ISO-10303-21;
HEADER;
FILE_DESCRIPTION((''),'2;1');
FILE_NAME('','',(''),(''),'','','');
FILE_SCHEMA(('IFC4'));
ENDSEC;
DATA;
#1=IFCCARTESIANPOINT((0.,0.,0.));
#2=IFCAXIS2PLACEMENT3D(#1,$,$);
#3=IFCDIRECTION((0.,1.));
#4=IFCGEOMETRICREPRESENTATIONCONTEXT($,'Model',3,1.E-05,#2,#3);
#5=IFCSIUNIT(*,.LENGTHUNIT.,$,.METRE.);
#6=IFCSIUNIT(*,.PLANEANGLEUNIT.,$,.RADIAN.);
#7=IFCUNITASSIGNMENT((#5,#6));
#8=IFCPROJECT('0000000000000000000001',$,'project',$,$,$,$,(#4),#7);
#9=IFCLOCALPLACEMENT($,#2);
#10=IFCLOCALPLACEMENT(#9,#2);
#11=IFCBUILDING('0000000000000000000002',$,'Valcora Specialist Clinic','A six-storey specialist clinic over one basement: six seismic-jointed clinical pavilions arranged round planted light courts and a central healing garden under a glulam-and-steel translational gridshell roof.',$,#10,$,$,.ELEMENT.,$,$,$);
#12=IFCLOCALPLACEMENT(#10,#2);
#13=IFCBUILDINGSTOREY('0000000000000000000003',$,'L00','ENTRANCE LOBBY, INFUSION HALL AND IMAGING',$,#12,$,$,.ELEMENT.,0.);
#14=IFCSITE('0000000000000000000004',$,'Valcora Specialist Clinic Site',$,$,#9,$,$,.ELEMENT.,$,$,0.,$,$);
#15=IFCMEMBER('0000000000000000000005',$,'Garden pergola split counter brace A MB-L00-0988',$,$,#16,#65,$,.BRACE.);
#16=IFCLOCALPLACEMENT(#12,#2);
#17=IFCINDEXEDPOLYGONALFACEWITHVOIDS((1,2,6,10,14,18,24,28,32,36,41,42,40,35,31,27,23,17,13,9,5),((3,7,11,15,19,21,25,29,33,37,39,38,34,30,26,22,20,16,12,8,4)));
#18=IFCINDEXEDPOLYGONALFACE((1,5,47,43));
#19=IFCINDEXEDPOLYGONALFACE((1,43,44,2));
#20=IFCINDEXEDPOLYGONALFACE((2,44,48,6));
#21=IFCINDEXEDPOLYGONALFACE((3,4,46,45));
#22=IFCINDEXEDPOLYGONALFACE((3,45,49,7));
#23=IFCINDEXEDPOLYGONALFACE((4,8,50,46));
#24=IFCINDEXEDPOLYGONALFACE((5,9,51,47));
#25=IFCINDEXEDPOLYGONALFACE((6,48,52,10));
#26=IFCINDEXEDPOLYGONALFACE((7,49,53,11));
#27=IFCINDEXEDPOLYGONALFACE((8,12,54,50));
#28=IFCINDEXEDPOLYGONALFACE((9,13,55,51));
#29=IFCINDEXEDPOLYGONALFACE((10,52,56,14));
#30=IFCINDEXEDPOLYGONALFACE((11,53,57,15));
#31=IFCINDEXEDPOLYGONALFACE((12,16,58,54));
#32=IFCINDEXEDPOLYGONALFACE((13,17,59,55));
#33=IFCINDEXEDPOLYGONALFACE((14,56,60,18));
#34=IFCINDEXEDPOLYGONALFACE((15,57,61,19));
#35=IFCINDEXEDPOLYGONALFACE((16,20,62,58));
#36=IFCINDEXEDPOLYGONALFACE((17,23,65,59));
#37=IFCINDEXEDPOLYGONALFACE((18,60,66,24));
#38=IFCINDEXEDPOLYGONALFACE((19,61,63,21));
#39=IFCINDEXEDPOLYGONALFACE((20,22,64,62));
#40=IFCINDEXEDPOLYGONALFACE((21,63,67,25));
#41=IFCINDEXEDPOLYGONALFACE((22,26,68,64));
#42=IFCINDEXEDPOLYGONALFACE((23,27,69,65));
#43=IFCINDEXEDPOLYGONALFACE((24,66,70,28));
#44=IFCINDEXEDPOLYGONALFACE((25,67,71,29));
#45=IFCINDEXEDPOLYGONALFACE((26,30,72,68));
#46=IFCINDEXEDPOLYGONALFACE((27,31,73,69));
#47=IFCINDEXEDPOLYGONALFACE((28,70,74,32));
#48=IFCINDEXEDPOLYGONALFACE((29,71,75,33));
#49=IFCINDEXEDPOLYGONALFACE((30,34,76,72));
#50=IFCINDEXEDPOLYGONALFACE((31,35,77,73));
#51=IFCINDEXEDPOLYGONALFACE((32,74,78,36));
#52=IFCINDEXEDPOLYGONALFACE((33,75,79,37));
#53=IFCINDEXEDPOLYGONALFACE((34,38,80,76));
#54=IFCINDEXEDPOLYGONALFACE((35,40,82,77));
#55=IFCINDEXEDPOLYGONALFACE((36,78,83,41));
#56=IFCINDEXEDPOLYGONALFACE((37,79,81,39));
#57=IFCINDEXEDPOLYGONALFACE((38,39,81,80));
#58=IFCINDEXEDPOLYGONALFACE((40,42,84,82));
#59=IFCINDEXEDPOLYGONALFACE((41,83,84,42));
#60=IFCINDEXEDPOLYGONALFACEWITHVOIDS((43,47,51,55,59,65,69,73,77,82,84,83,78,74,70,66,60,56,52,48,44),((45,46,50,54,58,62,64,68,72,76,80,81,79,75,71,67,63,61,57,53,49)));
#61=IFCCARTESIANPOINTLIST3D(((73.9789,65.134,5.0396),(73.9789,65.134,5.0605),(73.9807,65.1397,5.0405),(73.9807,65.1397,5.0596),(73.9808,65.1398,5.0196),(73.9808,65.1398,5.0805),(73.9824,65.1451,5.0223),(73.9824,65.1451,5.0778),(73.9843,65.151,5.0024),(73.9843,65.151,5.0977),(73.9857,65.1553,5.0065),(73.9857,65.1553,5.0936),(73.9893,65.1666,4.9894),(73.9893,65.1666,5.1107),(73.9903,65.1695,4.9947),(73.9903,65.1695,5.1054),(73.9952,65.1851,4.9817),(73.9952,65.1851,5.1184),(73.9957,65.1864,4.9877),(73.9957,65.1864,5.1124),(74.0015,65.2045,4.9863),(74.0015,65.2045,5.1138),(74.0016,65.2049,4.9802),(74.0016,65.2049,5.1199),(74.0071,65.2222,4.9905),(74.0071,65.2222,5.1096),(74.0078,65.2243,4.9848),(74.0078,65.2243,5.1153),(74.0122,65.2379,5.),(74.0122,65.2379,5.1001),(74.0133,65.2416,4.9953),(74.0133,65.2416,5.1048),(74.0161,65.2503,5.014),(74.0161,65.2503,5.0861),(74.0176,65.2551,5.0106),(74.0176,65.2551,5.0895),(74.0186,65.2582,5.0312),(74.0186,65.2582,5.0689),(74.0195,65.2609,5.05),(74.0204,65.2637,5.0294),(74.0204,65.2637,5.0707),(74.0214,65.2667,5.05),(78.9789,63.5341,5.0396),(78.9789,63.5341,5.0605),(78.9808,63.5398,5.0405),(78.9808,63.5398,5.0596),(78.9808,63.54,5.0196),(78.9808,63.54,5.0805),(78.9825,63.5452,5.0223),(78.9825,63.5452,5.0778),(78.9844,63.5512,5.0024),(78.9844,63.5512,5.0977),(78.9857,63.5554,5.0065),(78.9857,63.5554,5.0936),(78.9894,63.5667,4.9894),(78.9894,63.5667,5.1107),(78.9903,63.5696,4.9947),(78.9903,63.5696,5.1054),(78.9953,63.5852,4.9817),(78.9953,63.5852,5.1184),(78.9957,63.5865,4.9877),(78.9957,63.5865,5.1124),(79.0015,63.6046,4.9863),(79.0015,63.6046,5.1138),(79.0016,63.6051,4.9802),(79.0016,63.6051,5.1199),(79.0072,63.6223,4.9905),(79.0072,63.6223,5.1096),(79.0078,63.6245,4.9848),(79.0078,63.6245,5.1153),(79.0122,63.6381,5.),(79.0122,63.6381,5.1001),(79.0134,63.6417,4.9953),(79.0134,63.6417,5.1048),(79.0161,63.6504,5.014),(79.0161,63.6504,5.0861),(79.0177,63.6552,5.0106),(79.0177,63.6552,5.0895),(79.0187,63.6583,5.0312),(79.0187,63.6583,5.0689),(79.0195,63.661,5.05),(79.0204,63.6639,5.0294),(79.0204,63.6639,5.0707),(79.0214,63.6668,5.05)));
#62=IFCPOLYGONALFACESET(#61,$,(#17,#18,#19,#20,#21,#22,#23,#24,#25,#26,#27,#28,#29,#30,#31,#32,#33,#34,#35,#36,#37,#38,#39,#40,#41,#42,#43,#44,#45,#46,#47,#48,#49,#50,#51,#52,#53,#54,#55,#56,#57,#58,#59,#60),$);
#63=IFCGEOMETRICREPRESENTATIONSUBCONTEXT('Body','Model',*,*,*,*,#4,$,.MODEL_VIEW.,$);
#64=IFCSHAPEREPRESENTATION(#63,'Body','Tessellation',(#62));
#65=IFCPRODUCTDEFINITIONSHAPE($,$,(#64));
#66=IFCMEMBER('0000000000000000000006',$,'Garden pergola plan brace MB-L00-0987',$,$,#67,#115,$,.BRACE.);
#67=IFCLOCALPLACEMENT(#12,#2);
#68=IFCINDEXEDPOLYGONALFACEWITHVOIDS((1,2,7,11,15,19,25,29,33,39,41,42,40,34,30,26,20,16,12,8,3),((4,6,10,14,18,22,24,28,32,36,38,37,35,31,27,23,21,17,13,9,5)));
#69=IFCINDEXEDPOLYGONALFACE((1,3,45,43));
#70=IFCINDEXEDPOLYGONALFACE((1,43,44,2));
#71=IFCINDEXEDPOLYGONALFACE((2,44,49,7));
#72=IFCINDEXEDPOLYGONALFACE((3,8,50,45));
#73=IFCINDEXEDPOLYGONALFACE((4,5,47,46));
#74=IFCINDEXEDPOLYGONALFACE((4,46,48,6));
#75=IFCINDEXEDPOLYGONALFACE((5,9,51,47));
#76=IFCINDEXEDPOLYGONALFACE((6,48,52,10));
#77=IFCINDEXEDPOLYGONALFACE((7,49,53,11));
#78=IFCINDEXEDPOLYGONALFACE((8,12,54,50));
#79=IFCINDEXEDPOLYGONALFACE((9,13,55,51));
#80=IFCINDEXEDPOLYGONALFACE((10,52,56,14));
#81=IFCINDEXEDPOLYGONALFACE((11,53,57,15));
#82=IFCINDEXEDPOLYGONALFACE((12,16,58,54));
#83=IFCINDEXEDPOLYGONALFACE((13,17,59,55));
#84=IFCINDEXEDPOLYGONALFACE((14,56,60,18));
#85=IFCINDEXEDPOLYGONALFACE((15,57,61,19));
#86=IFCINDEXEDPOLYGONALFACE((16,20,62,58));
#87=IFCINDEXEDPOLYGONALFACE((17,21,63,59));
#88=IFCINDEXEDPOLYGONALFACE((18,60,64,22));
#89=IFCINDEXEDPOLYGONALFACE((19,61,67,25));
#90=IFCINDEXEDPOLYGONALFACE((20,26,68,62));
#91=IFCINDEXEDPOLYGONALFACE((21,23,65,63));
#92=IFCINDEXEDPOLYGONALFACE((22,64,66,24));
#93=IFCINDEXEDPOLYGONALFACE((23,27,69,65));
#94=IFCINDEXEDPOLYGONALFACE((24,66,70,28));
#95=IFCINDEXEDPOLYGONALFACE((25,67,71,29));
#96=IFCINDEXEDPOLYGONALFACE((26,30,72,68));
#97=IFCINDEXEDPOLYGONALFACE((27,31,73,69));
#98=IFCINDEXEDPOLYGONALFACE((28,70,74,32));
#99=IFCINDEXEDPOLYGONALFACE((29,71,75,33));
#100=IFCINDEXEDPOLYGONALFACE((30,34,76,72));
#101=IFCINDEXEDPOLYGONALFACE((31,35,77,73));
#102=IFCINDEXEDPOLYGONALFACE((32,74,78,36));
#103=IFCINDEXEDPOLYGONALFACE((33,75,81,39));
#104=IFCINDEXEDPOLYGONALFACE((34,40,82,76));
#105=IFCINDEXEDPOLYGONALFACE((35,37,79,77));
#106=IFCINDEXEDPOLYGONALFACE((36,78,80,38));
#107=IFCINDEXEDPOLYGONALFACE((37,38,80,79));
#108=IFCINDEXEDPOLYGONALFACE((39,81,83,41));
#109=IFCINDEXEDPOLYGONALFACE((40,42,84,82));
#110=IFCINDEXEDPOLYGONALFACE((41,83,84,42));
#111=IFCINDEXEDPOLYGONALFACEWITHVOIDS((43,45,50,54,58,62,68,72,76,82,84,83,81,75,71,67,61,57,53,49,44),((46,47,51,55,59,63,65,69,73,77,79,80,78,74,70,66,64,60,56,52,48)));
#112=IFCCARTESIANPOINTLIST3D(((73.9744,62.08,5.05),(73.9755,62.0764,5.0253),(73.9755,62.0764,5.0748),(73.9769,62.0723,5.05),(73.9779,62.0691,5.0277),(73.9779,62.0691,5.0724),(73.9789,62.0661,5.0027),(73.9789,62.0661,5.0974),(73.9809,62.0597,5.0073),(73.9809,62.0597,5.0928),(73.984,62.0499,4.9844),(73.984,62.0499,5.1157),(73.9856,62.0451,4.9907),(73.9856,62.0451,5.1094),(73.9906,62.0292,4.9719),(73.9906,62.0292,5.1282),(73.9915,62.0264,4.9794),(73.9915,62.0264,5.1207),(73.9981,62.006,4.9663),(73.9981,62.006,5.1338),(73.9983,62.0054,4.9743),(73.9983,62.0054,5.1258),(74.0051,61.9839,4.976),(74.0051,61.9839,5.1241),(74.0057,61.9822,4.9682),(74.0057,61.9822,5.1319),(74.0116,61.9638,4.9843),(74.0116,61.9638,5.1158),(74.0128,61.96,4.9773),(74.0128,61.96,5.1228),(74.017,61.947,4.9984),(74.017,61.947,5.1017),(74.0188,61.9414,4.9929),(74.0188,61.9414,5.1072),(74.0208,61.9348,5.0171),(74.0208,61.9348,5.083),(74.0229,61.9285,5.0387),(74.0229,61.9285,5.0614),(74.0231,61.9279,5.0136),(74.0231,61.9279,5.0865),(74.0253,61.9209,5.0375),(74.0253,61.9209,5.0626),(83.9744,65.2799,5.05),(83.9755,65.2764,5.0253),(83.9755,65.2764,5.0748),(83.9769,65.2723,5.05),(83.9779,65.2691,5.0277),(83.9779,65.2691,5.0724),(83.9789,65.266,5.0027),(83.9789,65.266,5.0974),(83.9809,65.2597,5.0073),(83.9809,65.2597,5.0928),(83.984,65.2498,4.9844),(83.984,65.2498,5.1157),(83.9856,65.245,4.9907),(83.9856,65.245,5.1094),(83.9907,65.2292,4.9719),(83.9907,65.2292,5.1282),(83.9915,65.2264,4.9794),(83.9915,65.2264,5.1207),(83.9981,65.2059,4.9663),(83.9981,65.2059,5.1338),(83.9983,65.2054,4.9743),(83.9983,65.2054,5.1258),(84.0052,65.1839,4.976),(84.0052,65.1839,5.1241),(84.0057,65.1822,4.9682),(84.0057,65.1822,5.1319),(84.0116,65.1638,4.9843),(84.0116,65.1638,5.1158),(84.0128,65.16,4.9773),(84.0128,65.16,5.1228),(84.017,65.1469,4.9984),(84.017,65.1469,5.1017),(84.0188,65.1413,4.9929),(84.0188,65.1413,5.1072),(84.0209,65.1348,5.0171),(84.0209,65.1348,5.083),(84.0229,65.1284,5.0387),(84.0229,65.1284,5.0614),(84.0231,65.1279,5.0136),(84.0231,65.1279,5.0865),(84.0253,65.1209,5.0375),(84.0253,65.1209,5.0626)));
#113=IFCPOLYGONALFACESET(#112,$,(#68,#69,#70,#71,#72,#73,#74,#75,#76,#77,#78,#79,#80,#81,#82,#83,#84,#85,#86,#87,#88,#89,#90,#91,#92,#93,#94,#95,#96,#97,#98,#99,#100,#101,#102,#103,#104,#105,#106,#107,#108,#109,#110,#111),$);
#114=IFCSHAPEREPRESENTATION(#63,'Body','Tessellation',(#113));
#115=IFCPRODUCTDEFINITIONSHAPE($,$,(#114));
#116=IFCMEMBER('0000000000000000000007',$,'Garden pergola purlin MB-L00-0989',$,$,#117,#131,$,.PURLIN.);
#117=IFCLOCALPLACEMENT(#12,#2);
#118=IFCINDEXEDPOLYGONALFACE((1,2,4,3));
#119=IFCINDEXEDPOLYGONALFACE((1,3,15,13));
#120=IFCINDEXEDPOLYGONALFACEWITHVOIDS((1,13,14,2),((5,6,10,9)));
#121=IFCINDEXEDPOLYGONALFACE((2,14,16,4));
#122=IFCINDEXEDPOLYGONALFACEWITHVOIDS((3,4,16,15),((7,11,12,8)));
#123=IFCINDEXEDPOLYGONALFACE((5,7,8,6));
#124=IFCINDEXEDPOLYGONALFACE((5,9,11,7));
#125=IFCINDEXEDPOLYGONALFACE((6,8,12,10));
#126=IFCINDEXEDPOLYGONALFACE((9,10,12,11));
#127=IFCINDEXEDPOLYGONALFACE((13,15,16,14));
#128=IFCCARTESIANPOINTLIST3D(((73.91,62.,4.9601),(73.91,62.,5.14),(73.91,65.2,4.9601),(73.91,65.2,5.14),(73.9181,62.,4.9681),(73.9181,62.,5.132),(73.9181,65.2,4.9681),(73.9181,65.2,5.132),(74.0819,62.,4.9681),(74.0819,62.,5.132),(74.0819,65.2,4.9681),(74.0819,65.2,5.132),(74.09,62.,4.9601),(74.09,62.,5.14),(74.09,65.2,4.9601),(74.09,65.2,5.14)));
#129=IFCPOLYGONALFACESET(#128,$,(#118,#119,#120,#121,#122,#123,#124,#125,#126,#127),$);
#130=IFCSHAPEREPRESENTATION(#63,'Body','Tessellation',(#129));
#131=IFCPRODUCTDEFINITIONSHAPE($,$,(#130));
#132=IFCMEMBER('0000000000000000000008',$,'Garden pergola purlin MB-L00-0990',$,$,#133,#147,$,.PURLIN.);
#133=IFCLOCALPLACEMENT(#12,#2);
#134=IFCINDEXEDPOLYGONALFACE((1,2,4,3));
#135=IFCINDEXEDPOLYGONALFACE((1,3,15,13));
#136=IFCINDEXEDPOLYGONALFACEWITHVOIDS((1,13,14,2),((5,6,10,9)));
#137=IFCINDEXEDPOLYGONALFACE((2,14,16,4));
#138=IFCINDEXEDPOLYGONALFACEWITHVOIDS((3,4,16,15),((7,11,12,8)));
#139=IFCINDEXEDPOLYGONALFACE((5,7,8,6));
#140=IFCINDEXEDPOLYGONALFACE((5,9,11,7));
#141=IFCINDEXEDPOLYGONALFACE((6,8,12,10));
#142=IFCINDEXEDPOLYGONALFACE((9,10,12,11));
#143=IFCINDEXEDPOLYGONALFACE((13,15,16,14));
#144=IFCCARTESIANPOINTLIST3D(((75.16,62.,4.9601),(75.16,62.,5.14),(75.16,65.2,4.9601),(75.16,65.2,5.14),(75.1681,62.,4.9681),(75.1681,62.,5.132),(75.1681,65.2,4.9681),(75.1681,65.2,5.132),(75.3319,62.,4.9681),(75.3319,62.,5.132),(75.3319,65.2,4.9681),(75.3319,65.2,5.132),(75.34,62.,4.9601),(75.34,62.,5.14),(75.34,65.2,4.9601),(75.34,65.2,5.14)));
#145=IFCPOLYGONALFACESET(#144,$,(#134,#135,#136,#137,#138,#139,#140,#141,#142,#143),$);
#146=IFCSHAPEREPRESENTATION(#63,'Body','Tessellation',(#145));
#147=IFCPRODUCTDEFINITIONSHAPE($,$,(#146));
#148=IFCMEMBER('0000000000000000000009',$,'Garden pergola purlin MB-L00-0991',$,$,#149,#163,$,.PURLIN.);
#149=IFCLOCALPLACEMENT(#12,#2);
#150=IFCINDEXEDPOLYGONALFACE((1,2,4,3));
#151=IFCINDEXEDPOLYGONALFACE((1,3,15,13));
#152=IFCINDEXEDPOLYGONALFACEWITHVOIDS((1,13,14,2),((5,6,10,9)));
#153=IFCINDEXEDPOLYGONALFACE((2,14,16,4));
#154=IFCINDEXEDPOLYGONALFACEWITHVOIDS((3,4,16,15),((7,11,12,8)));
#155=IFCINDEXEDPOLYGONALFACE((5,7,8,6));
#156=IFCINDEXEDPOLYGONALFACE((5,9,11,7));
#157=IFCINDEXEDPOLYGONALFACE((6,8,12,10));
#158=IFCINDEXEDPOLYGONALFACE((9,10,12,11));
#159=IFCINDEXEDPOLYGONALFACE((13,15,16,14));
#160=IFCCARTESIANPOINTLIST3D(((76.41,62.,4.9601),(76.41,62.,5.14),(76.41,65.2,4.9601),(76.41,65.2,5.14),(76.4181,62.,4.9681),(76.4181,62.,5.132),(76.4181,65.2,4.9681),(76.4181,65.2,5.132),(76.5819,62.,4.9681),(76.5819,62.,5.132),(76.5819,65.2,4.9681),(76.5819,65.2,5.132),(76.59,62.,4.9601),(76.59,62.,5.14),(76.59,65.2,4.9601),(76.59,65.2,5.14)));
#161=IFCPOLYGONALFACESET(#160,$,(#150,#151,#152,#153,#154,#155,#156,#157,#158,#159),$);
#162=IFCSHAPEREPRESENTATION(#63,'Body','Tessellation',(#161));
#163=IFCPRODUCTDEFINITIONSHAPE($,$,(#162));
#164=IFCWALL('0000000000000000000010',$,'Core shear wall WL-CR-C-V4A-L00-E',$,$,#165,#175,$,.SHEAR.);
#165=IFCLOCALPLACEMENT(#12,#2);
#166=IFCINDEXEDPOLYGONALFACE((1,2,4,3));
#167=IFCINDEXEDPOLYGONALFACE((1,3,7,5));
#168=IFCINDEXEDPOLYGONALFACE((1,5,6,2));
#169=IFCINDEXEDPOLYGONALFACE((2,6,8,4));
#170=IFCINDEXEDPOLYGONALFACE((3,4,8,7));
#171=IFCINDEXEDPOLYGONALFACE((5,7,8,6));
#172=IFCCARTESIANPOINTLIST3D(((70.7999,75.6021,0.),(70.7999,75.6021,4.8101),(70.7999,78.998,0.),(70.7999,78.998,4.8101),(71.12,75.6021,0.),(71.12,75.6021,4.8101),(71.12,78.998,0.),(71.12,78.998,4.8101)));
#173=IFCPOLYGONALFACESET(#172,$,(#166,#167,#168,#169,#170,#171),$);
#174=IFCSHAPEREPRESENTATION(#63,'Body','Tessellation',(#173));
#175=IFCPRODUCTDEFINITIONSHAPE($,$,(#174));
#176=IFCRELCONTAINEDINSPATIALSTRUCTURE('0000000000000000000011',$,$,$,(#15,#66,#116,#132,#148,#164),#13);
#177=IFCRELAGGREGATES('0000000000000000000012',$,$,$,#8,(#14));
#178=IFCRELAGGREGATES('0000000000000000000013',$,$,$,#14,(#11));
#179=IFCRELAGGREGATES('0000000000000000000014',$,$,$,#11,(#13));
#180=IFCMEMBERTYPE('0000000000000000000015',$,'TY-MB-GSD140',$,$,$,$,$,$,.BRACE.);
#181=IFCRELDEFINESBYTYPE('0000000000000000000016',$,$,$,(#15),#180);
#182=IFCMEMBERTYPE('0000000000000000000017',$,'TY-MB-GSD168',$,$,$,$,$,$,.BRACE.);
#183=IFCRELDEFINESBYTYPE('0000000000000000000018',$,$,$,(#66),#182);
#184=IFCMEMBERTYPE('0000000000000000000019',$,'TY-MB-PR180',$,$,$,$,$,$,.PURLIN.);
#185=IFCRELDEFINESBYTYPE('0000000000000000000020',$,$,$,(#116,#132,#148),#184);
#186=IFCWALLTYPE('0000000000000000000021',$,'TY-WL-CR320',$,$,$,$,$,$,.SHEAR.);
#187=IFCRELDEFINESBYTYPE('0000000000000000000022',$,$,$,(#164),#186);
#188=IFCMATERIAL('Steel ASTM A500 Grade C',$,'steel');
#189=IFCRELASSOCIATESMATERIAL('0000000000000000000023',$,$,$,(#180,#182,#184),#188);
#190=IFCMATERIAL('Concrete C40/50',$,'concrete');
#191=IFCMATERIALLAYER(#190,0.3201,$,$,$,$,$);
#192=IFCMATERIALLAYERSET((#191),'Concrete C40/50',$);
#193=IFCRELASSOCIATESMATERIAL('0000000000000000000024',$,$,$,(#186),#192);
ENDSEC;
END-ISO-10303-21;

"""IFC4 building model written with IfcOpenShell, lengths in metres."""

from ifc_helpers import new_model, si_unit, direction, frame, frame_2d, origin, origin_2d, place, context, subcontext, project, spatial, rectangle, hollow_rectangle, hollow_circle, extrude, material, layer, layer_set, material_profile, profile_set, type_object, element, save


model = new_model("IFC4")

# Units and contexts
model_context = context("Model", 3, precision=1e-05, world=origin(), true_north=direction((0.0, 1.0)))
body_context = subcontext(model_context, "Body", "Model", "MODEL_VIEW")
ifc_project = project(units=[si_unit("LENGTHUNIT", "METRE"), si_unit("PLANEANGLEUNIT", "RADIAN")], contexts=[model_context])

# Site, building, storey
site_placement = place(None, origin())
site = spatial("IfcSite", under=ifc_project, at=site_placement, Name="Valcora Specialist Clinic Site", CompositionType="ELEMENT", RefElevation=0.0)
building_placement = place(site_placement, origin())
building = spatial("IfcBuilding", under=site, at=building_placement, Name="Valcora Specialist Clinic", Description="A six-storey specialist clinic over one basement: six seismic-jointed clinical pavilions arranged round planted light courts and a central healing garden under a glulam-and-steel translational gridshell roof.", CompositionType="ELEMENT")
storey_placement = place(building_placement, origin())
storey = spatial("IfcBuildingStorey", under=building, at=storey_placement, Name="L00", Description="ENTRANCE LOBBY, INFUSION HALL AND IMAGING", CompositionType="ELEMENT", Elevation=0.0)

# Shared definitions
ifc_material_1 = material(Name="Steel ASTM A500 Grade C", Category="steel")
ifc_material_2 = material(Name="Concrete C40/50", Category="concrete")

# Members
ifc_material_profile_1 = material_profile(ifc_material_1, hollow_circle(Radius=0.0701, WallThickness=0.0061, at=origin_2d()), Name="ST-CHS-140X6")
ifc_profile_set_1 = profile_set([ifc_material_profile_1], Name="Steel ASTM A500 Grade C")
member_type_1 = type_object("IfcMemberType", Name="TY-MB-GSD140", PredefinedType="BRACE", material=ifc_profile_set_1)
for number, where, z_axis, x_axis, name in (
    (1, (74.0, 65.2, 5.05), (0.952432, -0.30475, 0.0), (0.30475, 0.952432, 0.0), "Garden pergola split counter brace A MB-L00-0988"),
):
    element("IfcMember", number, at=place(storey_placement, frame(where, z_axis=z_axis, x_axis=x_axis)), inside=storey, type_object=member_type_1, Name=name, PredefinedType="BRACE", context=body_context, shape_type="SweptSolid", body=[
        extrude(hollow_circle(Radius=0.0701, WallThickness=0.0061, at=origin_2d()), origin(), (0.0, 0.0, 1.0), 5.2498),
    ])
ifc_material_profile_2 = material_profile(ifc_material_1, hollow_circle(Radius=0.084, WallThickness=0.0081, at=origin_2d()), Name="ST-CHS-168X8")
ifc_profile_set_2 = profile_set([ifc_material_profile_2], Name="Steel ASTM A500 Grade C")
member_type_2 = type_object("IfcMemberType", Name="TY-MB-GSD168", PredefinedType="BRACE", material=ifc_profile_set_2)
member_1_placement = place(storey_placement, frame((74.0, 62.0, 5.05), z_axis=(0.952425, 0.304772, 0.0), x_axis=(-0.304772, 0.952425, 0.0)))
element("IfcMember", 2, at=member_1_placement, inside=storey, type_object=member_type_2, Name="Garden pergola plan brace MB-L00-0987", PredefinedType="BRACE", context=body_context, shape_type="SweptSolid", body=[
    extrude(hollow_circle(Radius=0.084, WallThickness=0.0081, at=origin_2d()), origin(), (0.0, 0.0, 1.0), 10.4995),
])
ifc_material_profile_3 = material_profile(ifc_material_1, hollow_rectangle(XDim=0.1799, YDim=0.1799, WallThickness=0.0081, at=origin_2d()), Name="ST-RHS-180X180X8")
ifc_profile_set_3 = profile_set([ifc_material_profile_3], Name="Steel ASTM A500 Grade C")
member_type_3 = type_object("IfcMemberType", Name="TY-MB-PR180", PredefinedType="PURLIN", material=ifc_profile_set_3)
for number, where, z_axis, x_axis, name in (
    (3, (74.0, 62.0, 5.05), (0.0, 1.0, 0.0), (-1.0, 0.0, 0.0), "Garden pergola purlin MB-L00-0989"),
    (4, (75.25, 62.0, 5.05), (0.0, 1.0, 0.0), (-1.0, 0.0, 0.0), "Garden pergola purlin MB-L00-0990"),
    (5, (76.5, 62.0, 5.05), (0.0, 1.0, 0.0), (-1.0, 0.0, 0.0), "Garden pergola purlin MB-L00-0991"),
):
    element("IfcMember", number, at=place(storey_placement, frame(where, z_axis=z_axis, x_axis=x_axis)), inside=storey, type_object=member_type_3, Name=name, PredefinedType="PURLIN", context=body_context, shape_type="SweptSolid", body=[
        extrude(hollow_rectangle(XDim=0.1799, YDim=0.1799, WallThickness=0.0081, at=origin_2d()), origin(), (0.0, 0.0, 1.0), 3.2),
    ])

# Wall
ifc_layer_1 = layer(ifc_material_2, 0.3201)
ifc_layer_set_1 = layer_set([ifc_layer_1], Name="Concrete C40/50")
wall_type_1 = type_object("IfcWallType", Name="TY-WL-CR320", PredefinedType="SHEAR", material=ifc_layer_set_1)
wall_1_placement = place(storey_placement, frame((70.96, 75.6021, 0.0), z_axis=(0.0, 0.0, 1.0), x_axis=(0.0, 1.0, 0.0)))
element("IfcWall", 6, at=wall_1_placement, inside=storey, type_object=wall_type_1, Name="Core shear wall WL-CR-C-V4A-L00-E", PredefinedType="SHEAR", context=body_context, shape_type="SweptSolid", body=[
    extrude(rectangle(XDim=3.396, YDim=0.3201, at=frame_2d((1.698, 0.0))), origin(), (0.0, 0.0, 1.0), 4.8101),
])

save(model, "model.ifc")
